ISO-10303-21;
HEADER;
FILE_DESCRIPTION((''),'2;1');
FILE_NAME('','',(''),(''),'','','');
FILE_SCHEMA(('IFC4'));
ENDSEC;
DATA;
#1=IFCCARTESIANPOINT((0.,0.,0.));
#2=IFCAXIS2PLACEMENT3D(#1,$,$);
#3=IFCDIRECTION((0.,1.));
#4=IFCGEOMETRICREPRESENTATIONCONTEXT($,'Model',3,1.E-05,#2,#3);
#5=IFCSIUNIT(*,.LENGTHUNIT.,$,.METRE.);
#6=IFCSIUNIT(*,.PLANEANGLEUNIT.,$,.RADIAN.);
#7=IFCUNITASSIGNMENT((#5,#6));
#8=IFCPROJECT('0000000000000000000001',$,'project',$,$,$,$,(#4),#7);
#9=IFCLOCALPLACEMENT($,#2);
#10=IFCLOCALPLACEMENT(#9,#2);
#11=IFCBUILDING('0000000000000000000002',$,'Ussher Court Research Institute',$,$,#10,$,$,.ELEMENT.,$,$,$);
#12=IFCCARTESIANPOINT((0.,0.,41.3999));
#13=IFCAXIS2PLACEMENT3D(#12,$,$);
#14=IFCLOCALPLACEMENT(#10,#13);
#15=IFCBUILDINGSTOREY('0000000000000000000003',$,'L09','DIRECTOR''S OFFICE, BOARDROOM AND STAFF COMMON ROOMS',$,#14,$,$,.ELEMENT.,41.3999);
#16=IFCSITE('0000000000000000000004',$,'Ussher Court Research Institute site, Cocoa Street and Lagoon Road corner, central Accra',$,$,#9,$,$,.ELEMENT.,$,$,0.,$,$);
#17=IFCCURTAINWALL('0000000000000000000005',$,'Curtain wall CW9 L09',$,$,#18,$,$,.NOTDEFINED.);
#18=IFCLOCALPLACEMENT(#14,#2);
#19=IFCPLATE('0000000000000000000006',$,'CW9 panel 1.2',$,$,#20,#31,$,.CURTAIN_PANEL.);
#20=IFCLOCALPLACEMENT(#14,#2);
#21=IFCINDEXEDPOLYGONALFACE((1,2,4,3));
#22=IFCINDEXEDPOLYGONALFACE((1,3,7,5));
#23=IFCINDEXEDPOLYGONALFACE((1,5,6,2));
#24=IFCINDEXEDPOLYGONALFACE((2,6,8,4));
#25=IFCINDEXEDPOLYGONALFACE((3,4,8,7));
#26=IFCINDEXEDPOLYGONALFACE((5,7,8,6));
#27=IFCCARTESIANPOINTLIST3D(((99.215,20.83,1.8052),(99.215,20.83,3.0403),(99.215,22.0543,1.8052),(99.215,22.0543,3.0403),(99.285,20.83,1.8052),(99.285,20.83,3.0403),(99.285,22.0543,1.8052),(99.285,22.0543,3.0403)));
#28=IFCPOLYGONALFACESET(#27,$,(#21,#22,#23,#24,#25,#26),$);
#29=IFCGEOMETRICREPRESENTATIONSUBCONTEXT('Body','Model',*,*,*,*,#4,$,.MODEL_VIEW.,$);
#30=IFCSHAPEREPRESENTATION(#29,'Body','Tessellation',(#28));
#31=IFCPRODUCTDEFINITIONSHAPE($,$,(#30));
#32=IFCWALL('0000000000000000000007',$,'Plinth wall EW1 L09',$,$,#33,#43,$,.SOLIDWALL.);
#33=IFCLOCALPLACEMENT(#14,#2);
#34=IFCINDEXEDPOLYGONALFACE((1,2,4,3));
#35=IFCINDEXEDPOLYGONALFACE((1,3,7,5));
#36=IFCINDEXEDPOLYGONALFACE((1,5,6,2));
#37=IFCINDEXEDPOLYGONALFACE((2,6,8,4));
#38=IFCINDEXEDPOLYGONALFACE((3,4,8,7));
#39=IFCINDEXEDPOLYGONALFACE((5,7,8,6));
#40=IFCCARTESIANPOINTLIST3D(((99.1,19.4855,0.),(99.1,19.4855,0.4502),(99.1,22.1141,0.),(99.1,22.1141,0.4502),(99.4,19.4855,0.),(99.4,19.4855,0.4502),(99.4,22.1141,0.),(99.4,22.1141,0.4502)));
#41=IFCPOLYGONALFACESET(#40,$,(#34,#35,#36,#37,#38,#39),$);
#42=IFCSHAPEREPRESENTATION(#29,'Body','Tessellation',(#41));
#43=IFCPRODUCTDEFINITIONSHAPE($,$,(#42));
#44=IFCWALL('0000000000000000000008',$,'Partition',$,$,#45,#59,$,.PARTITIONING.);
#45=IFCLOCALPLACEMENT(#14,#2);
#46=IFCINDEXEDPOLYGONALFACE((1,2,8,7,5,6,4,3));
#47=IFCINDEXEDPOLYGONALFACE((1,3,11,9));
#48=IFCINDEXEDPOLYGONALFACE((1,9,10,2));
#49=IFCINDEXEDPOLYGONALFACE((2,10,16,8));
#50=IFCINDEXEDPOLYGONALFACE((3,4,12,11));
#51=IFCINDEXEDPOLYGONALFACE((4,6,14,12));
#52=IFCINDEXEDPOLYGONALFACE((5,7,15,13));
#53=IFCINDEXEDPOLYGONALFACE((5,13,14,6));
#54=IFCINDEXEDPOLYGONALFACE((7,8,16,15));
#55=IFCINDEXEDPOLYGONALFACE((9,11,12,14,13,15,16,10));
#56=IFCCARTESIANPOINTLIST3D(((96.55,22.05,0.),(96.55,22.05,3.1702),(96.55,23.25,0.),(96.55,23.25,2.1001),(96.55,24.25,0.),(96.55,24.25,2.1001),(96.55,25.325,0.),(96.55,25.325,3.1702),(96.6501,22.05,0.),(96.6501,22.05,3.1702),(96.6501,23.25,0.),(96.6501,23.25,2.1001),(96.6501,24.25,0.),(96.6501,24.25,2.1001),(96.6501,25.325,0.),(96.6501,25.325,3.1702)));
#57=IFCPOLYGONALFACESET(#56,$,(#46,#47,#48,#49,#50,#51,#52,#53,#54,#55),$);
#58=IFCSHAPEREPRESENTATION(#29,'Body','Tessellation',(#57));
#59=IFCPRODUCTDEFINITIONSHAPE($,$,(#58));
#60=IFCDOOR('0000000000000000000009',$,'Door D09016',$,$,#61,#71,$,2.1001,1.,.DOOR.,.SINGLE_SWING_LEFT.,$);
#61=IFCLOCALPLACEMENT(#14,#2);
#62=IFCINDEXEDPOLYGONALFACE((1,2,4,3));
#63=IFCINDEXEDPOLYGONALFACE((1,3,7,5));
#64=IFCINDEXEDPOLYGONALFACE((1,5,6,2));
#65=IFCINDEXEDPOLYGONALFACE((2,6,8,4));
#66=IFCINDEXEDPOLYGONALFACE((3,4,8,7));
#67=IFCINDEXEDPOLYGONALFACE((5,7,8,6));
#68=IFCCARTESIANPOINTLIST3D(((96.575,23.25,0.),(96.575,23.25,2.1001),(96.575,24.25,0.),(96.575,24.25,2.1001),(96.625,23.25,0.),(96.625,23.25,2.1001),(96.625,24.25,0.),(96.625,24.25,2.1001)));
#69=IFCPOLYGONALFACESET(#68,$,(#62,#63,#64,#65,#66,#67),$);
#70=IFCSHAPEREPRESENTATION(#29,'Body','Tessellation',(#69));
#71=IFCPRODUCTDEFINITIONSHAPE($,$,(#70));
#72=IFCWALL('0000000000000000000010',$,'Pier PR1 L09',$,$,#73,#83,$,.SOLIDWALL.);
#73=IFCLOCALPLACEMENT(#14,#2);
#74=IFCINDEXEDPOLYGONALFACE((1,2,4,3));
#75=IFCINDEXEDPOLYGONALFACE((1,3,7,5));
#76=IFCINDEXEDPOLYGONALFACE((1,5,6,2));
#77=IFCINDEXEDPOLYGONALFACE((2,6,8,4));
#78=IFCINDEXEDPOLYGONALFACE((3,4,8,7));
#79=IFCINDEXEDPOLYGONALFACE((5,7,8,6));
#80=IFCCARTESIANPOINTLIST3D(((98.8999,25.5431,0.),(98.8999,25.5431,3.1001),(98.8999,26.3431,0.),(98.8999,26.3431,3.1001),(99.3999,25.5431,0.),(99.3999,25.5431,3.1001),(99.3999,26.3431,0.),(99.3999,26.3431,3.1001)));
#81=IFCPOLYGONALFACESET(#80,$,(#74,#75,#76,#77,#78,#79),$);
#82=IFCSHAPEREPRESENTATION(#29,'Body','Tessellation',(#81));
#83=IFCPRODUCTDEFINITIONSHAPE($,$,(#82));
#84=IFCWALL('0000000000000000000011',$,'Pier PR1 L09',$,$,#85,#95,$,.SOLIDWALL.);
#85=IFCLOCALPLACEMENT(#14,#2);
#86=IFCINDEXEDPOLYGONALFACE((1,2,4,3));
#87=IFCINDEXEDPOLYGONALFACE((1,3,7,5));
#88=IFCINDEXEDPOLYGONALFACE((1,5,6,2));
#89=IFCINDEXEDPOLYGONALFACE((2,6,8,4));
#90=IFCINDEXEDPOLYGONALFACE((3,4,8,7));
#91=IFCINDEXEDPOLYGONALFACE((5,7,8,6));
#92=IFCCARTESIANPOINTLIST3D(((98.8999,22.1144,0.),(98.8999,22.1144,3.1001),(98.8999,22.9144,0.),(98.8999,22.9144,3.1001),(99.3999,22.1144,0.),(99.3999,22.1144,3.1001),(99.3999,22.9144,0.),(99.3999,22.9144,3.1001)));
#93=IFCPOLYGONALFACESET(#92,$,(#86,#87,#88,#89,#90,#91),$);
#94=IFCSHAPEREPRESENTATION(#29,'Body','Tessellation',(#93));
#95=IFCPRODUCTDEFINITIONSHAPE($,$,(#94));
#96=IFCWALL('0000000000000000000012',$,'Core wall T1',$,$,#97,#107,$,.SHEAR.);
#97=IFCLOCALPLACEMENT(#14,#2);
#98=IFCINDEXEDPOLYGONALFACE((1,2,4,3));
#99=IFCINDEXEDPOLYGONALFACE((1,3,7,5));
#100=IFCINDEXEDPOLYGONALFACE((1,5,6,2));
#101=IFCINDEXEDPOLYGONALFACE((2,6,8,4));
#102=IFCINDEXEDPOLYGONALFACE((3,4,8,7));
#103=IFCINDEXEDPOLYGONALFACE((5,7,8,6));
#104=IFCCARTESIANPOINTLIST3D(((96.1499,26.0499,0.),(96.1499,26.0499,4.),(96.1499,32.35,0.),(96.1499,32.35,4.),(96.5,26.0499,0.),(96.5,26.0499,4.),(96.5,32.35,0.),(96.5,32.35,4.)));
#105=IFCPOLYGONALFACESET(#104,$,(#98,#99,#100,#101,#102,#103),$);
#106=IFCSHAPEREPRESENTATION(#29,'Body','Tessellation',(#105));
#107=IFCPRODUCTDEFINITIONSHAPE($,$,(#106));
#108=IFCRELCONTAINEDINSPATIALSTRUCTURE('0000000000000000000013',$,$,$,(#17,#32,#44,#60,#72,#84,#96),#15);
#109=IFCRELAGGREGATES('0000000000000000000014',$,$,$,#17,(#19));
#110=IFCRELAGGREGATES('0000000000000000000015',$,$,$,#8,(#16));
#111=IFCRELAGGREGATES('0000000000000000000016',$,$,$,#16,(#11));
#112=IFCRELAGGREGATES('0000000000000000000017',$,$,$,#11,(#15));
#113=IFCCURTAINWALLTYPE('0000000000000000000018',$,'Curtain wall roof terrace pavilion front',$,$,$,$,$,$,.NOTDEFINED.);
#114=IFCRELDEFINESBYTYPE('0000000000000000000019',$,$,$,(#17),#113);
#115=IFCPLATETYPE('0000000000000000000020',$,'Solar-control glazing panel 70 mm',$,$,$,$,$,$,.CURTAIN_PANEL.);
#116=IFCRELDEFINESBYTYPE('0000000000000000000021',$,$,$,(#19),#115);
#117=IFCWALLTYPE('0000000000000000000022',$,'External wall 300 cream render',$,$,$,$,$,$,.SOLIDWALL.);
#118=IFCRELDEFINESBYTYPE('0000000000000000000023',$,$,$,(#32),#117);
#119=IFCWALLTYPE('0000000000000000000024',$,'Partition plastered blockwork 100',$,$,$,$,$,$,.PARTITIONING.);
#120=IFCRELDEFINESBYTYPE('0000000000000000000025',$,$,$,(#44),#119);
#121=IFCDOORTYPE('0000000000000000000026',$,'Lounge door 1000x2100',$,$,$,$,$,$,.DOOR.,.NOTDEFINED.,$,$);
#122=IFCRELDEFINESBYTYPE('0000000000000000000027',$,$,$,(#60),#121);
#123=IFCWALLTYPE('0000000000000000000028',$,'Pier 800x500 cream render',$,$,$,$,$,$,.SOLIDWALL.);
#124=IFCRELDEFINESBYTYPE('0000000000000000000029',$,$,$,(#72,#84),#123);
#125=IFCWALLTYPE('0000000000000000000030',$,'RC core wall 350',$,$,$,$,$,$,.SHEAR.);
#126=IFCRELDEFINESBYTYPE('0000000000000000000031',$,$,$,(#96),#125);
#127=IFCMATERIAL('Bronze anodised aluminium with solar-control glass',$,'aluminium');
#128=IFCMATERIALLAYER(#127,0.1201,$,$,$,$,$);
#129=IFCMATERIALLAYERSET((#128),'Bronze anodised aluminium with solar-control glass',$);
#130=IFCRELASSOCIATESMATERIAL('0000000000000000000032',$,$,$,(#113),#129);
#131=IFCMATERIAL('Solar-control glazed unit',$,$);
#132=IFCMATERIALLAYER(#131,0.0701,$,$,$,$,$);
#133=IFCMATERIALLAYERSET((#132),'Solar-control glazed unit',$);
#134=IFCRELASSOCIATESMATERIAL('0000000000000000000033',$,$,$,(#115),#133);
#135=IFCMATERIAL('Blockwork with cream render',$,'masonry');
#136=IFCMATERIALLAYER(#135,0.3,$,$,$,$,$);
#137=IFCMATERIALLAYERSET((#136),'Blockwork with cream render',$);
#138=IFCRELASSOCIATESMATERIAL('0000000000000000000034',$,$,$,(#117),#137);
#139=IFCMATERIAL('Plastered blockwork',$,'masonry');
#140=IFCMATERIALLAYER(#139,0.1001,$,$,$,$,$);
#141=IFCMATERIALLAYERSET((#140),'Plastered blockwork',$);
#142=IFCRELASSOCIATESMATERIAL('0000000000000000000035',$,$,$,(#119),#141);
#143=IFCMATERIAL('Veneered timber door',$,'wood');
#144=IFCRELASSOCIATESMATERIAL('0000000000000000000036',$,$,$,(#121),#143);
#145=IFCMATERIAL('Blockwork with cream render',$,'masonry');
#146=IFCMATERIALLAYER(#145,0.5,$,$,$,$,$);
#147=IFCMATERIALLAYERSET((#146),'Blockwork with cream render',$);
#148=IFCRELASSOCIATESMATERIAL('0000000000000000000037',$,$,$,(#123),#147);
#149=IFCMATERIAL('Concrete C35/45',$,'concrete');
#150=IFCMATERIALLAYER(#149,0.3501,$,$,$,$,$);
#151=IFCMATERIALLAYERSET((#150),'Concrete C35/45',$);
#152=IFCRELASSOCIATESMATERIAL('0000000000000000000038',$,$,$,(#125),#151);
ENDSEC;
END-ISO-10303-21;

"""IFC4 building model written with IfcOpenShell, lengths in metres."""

from ifc_helpers import new_model, si_unit, direction, frame, frame_2d, origin, origin_2d, place, context, subcontext, project, spatial, rectangle, extrude, material, layer, layer_set, type_object, element, fill, aggregate, save


model = new_model("IFC4")

# Units and contexts
model_context = context("Model", 3, precision=1e-05, world=origin(), true_north=direction((0.0, 1.0)))
body_context = subcontext(model_context, "Body", "Model", "MODEL_VIEW")
ifc_project = project(units=[si_unit("LENGTHUNIT", "METRE"), si_unit("PLANEANGLEUNIT", "RADIAN")], contexts=[model_context])

# Site, building, storey
site_placement = place(None, origin())
site = spatial("IfcSite", under=ifc_project, at=site_placement, Name="Ussher Court Research Institute site, Cocoa Street and Lagoon Road corner, central Accra", CompositionType="ELEMENT", RefElevation=0.0)
building_placement = place(site_placement, origin())
building = spatial("IfcBuilding", under=site, at=building_placement, Name="Ussher Court Research Institute", CompositionType="ELEMENT")
storey_placement = place(building_placement, frame((0.0, 0.0, 41.3999)))
storey = spatial("IfcBuildingStorey", under=building, at=storey_placement, Name="L09", Description="DIRECTOR'S OFFICE, BOARDROOM AND STAFF COMMON ROOMS", CompositionType="ELEMENT", Elevation=41.3999)

# Shared definitions
ifc_material_1 = material(Name="Bronze anodised aluminium with solar-control glass", Category="aluminium")
ifc_layer_1 = layer(ifc_material_1, 0.1201)
ifc_layer_set_1 = layer_set([ifc_layer_1], Name="Bronze anodised aluminium with solar-control glass")
curtain_wall_type = type_object("IfcCurtainWallType", Name="Curtain wall roof terrace pavilion front", PredefinedType="NOTDEFINED", material=ifc_layer_set_1)

# Curtain wall
curtain_wall_1_placement = place(storey_placement, origin())
curtain_wall_1 = element("IfcCurtainWall", 1, at=curtain_wall_1_placement, inside=storey, type_object=curtain_wall_type, Name="Curtain wall CW9 L09", PredefinedType="NOTDEFINED")

# Plate
ifc_material_2 = material(Name="Solar-control glazed unit")
ifc_layer_2 = layer(ifc_material_2, 0.0701)
ifc_layer_set_2 = layer_set([ifc_layer_2], Name="Solar-control glazed unit")
plate_type = type_object("IfcPlateType", Name="Solar-control glazing panel 70 mm", PredefinedType="CURTAIN_PANEL", material=ifc_layer_set_2)
plate_1_placement = place(storey_placement, frame((99.25, 21.4421, 1.8052), z_axis=(0.0, 0.0, 1.0), x_axis=(0.0, -1.0, 0.0)))
plate_1 = element("IfcPlate", 2, at=plate_1_placement, type_object=plate_type, Name="CW9 panel 1.2", PredefinedType="CURTAIN_PANEL", context=body_context, shape_type="SweptSolid", body=[
    extrude(rectangle(XDim=1.2244, YDim=0.0701, at=origin_2d()), origin(), (0.0, 0.0, 1.0), 1.2351),
])
aggregate(curtain_wall_1, [plate_1])

# Wall
ifc_material_3 = material(Name="Blockwork with cream render", Category="masonry")
ifc_layer_3 = layer(ifc_material_3, 0.3)
ifc_layer_set_3 = layer_set([ifc_layer_3], Name="Blockwork with cream render")
wall_type_1 = type_object("IfcWallType", Name="External wall 300 cream render", PredefinedType="SOLIDWALL", material=ifc_layer_set_3)
wall_1_placement = place(storey_placement, frame((99.25, 22.1143, 0.0), z_axis=(0.0, 0.0, 1.0), x_axis=(0.0, -1.0, 0.0)))
element("IfcWall", 3, at=wall_1_placement, inside=storey, type_object=wall_type_1, Name="Plinth wall EW1 L09", PredefinedType="SOLIDWALL", context=body_context, shape_type="SweptSolid", body=[
    extrude(rectangle(XDim=2.6287, YDim=0.3, at=frame_2d((1.3145, 0.0))), origin(), (0.0, 0.0, 1.0), 0.4502),
])

# Wall, opening, door
ifc_material_4 = material(Name="Plastered blockwork", Category="masonry")
ifc_layer_4 = layer(ifc_material_4, 0.1001)
ifc_layer_set_4 = layer_set([ifc_layer_4], Name="Plastered blockwork")
wall_type_2 = type_object("IfcWallType", Name="Partition plastered blockwork 100", PredefinedType="PARTITIONING", material=ifc_layer_set_4)
wall_2_placement = place(storey_placement, frame((96.6001, 25.325, 0.0), z_axis=(0.0, 0.0, 1.0), x_axis=(0.0, -1.0, 0.0)))
wall_2 = element("IfcWall", 4, at=wall_2_placement, inside=storey, type_object=wall_type_2, Name="Partition", PredefinedType="PARTITIONING", context=body_context, shape_type="SweptSolid", body=[
    extrude(rectangle(XDim=3.2749, YDim=0.1001, at=frame_2d((1.6375, 0.0))), origin(), (0.0, 0.0, 1.0), 3.1702),
])
opening_placement = place(wall_2_placement, frame((1.075, 0.0, 0.0)))
opening = element("IfcOpeningElement", 5, at=opening_placement, cuts=wall_2, PredefinedType="OPENING", context=body_context, shape_type="SweptSolid", body=[
    extrude(rectangle(XDim=1.0, YDim=2.1001, at=frame_2d((0.5, 1.05))), frame((0.0, 0.0601, 0.0), z_axis=(0.0, -1.0, 0.0), x_axis=(1.0, 0.0, 0.0)), (0.0, 0.0, 1.0), 0.1201),
])
ifc_material_5 = material(Name="Veneered timber door", Category="wood")
door_type = type_object("IfcDoorType", Name="Lounge door 1000x2100", OperationType="NOTDEFINED", PredefinedType="DOOR", material=ifc_material_5)
door_placement = place(opening_placement, origin())
door = element("IfcDoor", 6, at=door_placement, inside=storey, type_object=door_type, Name="Door D09016", OperationType="SINGLE_SWING_LEFT", OverallHeight=2.1001, OverallWidth=1.0, PredefinedType="DOOR", context=body_context, shape_type="SweptSolid", body=[
    extrude(rectangle(XDim=1.0, YDim=2.1001, at=frame_2d((0.5, 1.05))), frame((0.0, 0.0249, 0.0), z_axis=(0.0, -1.0, 0.0), x_axis=(1.0, 0.0, 0.0)), (0.0, 0.0, 1.0), 0.05),
])
fill(opening, door)

# Walls
ifc_material_6 = material(Name="Blockwork with cream render", Category="masonry")
ifc_layer_5 = layer(ifc_material_6, 0.5)
ifc_layer_set_5 = layer_set([ifc_layer_5], Name="Blockwork with cream render")
wall_type_3 = type_object("IfcWallType", Name="Pier 800x500 cream render", PredefinedType="SOLIDWALL", material=ifc_layer_set_5)
for number, where, z_axis, x_axis, name in (
    (7, (99.1499, 26.343, 0.0), (0.0, 0.0, 1.0), (0.0, -1.0, 0.0), "Pier PR1 L09"),
    (8, (99.1499, 22.9143, 0.0), (0.0, 0.0, 1.0), (0.0, -1.0, 0.0), "Pier PR1 L09"),
):
    element("IfcWall", number, at=place(storey_placement, frame(where, z_axis=z_axis, x_axis=x_axis)), inside=storey, type_object=wall_type_3, Name=name, PredefinedType="SOLIDWALL", context=body_context, shape_type="SweptSolid", body=[
        extrude(rectangle(XDim=0.8, YDim=0.5, at=frame_2d((0.3999, 0.0))), origin(), (0.0, 0.0, 1.0), 3.1001),
    ])
ifc_material_7 = material(Name="Concrete C35/45", Category="concrete")
ifc_layer_6 = layer(ifc_material_7, 0.3501)
ifc_layer_set_6 = layer_set([ifc_layer_6], Name="Concrete C35/45")
wall_type_4 = type_object("IfcWallType", Name="RC core wall 350", PredefinedType="SHEAR", material=ifc_layer_set_6)
wall_3_placement = place(storey_placement, frame((96.325, 26.05, 0.0), z_axis=(0.0, 0.0, 1.0), x_axis=(0.0, 1.0, 0.0)))
element("IfcWall", 9, at=wall_3_placement, inside=storey, type_object=wall_type_4, Name="Core wall T1", PredefinedType="SHEAR", context=body_context, shape_type="SweptSolid", body=[
    extrude(rectangle(XDim=6.3, YDim=0.3501, at=frame_2d((3.1499, 0.0))), origin(), (0.0, 0.0, 1.0), 4.0),
])

save(model, "model.ifc")
